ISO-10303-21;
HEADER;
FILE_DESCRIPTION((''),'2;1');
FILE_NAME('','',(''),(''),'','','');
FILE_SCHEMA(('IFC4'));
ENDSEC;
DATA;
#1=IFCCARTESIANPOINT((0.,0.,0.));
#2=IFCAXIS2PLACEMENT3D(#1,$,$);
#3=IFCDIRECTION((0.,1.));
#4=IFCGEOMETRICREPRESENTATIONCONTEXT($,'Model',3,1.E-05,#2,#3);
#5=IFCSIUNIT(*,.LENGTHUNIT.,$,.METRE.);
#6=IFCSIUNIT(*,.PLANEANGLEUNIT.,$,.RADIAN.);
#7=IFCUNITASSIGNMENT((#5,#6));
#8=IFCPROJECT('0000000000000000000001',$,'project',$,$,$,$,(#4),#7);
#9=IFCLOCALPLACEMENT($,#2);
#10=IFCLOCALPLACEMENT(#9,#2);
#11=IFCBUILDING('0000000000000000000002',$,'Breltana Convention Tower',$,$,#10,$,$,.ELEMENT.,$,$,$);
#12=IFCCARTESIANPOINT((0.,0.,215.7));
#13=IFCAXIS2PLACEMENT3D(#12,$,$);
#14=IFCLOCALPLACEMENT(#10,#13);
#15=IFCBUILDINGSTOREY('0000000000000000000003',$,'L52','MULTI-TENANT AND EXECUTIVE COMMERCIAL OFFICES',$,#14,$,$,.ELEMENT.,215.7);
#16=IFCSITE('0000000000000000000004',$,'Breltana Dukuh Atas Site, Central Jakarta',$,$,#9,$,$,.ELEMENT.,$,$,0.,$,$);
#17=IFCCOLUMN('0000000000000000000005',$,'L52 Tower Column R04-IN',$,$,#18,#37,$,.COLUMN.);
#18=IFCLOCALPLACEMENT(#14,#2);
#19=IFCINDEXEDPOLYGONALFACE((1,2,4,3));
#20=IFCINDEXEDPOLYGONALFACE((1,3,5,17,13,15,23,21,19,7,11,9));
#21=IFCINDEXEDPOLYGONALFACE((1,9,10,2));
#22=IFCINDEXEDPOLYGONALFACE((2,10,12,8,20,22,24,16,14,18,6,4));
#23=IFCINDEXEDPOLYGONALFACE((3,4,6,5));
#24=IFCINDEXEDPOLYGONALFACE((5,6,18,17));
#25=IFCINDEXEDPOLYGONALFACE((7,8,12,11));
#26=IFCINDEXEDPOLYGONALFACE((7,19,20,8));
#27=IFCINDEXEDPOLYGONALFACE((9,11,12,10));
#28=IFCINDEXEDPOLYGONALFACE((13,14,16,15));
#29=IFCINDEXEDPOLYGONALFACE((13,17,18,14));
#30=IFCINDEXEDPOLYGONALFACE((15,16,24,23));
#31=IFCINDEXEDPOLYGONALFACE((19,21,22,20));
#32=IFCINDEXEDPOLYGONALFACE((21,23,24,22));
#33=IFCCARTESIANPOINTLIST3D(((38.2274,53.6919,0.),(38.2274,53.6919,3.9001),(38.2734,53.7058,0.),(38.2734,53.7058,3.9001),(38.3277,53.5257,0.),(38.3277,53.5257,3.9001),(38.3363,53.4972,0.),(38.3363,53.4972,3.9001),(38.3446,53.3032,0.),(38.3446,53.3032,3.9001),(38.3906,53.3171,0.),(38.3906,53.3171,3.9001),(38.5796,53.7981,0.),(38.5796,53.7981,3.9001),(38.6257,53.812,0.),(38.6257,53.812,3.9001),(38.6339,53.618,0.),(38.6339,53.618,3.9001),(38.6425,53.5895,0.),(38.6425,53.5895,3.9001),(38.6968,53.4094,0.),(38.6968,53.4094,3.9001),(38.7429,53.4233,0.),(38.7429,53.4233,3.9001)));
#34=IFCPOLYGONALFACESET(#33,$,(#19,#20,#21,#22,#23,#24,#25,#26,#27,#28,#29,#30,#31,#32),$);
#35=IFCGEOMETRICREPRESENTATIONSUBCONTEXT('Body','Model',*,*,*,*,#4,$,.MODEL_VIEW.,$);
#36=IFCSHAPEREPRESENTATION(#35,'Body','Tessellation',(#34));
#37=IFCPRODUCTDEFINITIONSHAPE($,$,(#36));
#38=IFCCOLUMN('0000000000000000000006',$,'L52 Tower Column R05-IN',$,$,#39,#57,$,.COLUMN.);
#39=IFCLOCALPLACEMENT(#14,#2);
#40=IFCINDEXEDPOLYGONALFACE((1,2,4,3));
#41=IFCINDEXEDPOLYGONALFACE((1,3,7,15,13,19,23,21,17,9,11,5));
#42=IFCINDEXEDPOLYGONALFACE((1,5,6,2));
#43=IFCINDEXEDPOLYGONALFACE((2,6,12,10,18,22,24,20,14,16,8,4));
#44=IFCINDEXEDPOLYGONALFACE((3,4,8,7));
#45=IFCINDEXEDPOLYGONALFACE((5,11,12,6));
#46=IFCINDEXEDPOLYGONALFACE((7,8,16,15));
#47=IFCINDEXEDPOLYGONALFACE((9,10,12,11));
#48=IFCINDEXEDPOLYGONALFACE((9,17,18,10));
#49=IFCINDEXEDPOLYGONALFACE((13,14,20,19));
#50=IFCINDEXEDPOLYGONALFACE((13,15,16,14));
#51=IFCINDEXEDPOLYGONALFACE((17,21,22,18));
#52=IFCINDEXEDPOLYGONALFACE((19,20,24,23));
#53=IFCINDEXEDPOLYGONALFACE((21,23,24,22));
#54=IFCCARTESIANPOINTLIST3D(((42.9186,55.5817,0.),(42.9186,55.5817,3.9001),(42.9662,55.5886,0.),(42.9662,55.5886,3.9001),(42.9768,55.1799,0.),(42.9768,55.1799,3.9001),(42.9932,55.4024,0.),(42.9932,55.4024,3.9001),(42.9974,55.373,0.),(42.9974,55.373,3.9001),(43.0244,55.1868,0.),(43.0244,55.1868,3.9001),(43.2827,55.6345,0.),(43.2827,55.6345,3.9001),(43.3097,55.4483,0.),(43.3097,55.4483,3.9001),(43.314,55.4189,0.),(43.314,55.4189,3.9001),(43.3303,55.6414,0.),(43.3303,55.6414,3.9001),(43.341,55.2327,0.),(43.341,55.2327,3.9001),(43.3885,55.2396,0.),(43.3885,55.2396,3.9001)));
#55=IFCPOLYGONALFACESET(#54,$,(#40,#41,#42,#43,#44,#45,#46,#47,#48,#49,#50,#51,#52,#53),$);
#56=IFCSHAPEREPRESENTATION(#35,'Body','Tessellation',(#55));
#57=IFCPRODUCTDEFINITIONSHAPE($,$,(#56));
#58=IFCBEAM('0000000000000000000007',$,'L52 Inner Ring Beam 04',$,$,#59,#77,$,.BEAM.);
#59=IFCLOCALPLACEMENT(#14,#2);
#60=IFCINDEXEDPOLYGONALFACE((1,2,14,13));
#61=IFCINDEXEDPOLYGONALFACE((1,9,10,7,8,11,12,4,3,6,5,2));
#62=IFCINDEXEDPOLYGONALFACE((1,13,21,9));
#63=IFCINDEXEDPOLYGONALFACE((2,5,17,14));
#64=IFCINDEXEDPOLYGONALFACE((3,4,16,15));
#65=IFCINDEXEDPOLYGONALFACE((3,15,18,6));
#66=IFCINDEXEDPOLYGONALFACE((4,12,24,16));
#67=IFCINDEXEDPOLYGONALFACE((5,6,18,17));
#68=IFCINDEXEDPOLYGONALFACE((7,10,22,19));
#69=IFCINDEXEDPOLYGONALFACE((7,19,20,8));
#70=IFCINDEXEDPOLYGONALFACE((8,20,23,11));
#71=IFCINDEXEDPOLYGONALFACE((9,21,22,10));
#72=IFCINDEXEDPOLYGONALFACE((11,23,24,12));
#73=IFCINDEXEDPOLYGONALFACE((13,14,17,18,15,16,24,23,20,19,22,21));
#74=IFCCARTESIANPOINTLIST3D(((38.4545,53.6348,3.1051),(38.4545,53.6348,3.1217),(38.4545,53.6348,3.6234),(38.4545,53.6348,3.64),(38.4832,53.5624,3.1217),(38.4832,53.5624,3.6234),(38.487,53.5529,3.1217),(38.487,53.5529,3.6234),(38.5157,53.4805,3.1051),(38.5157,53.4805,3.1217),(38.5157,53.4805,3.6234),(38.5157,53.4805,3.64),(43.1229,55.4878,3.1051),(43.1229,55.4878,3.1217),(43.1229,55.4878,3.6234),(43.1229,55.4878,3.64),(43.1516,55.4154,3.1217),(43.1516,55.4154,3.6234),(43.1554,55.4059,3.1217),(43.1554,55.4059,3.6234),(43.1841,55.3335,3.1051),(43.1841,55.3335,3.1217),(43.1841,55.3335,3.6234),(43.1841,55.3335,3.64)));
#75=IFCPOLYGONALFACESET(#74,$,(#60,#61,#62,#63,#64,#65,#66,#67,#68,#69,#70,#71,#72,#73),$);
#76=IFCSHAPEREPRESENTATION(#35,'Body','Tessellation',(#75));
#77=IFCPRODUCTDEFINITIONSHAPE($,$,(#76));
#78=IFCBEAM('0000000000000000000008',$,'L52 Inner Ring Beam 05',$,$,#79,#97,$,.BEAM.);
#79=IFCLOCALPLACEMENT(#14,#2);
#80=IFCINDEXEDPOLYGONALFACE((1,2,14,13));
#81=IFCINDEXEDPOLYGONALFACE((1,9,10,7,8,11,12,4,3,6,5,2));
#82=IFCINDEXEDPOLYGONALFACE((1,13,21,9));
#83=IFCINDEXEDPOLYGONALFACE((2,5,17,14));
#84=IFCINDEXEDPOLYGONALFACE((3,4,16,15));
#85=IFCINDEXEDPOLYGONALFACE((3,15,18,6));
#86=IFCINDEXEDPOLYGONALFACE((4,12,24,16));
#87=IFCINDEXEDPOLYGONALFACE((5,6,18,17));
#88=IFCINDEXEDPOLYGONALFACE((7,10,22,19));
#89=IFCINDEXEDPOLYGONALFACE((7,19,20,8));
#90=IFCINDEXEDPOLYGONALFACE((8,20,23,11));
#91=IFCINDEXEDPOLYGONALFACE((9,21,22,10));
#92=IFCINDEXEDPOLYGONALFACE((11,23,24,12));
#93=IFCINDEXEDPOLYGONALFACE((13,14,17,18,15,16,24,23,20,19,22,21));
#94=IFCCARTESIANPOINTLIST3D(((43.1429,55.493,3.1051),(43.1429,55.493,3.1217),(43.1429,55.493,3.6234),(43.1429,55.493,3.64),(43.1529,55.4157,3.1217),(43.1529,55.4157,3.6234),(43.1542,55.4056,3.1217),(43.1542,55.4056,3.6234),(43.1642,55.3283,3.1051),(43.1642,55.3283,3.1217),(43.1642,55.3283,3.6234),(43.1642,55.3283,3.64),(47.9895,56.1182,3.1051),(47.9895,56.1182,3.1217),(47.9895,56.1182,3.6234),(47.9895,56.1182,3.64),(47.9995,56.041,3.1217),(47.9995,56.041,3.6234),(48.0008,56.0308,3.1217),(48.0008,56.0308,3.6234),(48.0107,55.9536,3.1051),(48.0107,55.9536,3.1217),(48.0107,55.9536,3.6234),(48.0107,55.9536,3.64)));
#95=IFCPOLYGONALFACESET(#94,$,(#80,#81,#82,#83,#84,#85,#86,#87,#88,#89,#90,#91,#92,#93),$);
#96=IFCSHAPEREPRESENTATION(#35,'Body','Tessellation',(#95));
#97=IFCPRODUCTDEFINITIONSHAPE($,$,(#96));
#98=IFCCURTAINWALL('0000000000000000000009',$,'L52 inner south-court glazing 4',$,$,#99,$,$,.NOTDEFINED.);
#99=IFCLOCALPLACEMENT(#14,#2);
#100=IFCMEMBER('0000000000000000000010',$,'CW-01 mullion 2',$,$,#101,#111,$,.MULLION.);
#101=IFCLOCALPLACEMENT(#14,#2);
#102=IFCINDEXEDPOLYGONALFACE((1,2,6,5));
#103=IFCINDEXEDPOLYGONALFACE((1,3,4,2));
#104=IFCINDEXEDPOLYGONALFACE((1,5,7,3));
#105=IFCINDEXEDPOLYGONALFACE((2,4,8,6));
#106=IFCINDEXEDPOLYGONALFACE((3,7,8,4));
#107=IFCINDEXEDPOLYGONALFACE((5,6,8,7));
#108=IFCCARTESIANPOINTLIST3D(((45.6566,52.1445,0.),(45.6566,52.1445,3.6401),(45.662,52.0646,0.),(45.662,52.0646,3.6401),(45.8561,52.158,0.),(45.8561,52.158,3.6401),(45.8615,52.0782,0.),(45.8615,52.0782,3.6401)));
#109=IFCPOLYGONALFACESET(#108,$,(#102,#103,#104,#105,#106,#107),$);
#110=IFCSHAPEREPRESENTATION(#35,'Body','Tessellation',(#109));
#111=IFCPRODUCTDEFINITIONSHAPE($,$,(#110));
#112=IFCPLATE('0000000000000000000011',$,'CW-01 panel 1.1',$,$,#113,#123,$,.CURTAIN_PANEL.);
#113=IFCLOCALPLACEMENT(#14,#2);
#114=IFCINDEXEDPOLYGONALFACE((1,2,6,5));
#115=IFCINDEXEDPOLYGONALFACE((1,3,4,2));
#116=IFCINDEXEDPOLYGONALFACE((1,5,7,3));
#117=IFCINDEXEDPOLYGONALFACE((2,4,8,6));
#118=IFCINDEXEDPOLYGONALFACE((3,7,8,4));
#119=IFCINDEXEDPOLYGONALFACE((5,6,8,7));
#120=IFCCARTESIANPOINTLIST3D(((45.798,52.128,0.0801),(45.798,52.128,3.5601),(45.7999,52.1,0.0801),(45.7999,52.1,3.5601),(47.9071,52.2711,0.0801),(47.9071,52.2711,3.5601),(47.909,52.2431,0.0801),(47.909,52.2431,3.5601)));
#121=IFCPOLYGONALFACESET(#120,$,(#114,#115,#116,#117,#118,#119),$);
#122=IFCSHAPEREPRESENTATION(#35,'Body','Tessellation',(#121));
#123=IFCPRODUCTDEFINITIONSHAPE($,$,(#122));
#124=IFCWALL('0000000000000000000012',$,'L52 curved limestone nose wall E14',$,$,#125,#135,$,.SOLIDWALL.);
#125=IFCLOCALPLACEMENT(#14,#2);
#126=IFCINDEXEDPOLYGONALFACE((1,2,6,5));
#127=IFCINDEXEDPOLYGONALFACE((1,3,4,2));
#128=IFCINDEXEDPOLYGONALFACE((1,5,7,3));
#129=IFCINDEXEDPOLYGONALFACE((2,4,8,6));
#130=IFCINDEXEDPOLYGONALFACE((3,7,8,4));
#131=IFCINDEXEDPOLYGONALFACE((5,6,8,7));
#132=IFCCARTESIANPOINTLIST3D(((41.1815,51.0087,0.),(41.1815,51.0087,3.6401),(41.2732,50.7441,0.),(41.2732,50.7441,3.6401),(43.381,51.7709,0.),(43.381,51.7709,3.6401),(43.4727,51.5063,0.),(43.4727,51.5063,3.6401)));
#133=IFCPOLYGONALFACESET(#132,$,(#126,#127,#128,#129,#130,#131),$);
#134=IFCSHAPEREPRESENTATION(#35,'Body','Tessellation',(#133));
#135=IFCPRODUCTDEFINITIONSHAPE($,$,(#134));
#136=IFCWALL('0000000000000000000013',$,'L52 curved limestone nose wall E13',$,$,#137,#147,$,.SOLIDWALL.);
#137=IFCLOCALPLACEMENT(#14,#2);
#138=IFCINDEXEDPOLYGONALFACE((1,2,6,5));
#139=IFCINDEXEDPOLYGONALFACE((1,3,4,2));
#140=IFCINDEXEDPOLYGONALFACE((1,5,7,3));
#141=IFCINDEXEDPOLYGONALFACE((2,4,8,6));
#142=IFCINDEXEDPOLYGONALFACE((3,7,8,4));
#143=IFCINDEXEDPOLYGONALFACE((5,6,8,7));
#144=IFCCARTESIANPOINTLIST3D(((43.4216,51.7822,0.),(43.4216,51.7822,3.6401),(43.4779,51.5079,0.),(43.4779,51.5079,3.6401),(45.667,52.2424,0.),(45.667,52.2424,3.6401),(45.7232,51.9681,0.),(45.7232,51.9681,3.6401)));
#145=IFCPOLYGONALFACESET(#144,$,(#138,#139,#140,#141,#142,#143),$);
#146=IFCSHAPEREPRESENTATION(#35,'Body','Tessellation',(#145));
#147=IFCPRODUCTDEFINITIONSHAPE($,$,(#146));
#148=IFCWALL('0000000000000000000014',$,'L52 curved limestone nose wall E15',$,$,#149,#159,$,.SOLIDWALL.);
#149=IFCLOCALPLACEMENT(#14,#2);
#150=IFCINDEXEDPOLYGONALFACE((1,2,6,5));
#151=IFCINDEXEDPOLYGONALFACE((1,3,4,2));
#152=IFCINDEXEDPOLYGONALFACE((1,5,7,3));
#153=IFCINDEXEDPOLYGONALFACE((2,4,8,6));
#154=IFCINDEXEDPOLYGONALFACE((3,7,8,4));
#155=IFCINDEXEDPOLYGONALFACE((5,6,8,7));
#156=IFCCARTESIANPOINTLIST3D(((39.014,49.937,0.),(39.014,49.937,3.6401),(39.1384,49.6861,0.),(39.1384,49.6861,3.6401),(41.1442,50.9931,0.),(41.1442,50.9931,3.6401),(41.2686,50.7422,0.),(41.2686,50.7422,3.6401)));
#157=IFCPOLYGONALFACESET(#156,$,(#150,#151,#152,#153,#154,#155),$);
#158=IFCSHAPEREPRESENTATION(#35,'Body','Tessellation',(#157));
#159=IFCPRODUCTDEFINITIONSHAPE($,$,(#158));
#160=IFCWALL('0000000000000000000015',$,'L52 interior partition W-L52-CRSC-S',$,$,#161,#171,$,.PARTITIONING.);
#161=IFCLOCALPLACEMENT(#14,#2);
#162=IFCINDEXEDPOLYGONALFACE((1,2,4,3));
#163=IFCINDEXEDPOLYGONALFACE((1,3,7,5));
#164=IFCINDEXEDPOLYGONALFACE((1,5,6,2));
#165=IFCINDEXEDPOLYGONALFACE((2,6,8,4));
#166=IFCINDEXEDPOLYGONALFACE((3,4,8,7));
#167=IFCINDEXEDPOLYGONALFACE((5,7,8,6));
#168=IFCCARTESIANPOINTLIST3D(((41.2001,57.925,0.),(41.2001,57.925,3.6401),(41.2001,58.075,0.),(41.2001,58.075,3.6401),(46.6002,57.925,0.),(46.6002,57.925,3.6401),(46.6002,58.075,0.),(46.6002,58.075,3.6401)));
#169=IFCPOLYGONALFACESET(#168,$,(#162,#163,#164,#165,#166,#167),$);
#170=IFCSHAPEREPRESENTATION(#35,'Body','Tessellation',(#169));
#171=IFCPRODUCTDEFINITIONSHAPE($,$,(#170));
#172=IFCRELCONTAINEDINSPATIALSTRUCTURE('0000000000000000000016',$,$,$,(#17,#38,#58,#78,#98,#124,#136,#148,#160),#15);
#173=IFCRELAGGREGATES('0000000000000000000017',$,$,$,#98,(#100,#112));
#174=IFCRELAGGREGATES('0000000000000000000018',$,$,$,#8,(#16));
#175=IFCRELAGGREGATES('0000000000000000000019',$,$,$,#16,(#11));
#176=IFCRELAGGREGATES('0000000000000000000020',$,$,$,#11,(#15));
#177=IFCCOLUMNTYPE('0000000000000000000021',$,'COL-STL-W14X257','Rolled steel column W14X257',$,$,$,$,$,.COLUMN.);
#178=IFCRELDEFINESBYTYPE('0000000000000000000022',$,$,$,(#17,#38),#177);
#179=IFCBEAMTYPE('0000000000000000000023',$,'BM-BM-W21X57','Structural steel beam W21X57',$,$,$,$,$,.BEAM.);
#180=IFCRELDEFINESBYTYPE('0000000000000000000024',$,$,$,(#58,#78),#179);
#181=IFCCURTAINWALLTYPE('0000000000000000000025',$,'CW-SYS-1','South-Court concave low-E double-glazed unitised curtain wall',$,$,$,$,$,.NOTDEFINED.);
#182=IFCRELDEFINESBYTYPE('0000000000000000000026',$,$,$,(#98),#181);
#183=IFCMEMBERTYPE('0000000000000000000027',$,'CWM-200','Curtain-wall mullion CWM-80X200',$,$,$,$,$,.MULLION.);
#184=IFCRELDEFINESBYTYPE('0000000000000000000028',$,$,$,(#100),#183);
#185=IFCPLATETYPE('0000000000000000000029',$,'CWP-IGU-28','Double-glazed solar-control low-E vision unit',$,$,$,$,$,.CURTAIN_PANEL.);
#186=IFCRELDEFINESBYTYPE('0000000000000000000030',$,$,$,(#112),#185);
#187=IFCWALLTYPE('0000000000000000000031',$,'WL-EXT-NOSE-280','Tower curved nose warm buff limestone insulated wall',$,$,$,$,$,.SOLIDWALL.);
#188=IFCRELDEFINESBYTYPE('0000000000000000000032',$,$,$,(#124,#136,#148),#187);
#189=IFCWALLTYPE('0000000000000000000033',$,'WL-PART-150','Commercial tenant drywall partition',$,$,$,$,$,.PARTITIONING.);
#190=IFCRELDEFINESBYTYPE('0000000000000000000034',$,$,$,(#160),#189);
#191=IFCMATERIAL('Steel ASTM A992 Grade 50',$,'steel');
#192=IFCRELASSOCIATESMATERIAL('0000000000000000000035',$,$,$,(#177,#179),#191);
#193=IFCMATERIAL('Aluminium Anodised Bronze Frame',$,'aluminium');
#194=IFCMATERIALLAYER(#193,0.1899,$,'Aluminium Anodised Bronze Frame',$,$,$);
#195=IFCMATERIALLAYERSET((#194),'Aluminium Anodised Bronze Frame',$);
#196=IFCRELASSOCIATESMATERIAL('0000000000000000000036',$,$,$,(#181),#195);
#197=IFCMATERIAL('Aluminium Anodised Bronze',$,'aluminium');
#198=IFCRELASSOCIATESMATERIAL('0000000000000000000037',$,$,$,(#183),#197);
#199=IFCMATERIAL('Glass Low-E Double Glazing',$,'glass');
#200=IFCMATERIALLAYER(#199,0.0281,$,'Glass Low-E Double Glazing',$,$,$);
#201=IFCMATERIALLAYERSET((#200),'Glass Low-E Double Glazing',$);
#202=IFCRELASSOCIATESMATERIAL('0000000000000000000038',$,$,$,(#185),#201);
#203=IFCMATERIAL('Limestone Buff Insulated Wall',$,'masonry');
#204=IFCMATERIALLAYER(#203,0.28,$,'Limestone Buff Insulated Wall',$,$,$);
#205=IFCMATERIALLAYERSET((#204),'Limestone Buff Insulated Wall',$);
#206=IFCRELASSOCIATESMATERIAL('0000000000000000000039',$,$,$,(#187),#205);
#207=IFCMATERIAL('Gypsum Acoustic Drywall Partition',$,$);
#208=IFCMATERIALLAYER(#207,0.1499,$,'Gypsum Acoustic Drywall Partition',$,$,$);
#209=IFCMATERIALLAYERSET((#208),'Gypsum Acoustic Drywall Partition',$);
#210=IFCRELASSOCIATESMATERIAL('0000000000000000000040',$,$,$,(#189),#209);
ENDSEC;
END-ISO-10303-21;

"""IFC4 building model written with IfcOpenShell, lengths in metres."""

from ifc_helpers import new_model, si_unit, direction, frame, frame_2d, origin, origin_2d, place, context, subcontext, project, spatial, rectangle, i_section, extrude, source, transform, mapped, material, layer, layer_set, material_profile, profile_set, type_object, element, aggregate, save


model = new_model("IFC4")

# Units and contexts
model_context = context("Model", 3, precision=1e-05, world=origin(), true_north=direction((0.0, 1.0)))
body_context = subcontext(model_context, "Body", "Model", "MODEL_VIEW")
ifc_project = project(units=[si_unit("LENGTHUNIT", "METRE"), si_unit("PLANEANGLEUNIT", "RADIAN")], contexts=[model_context])

# Site, building, storey
site_placement = place(None, origin())
site = spatial("IfcSite", under=ifc_project, at=site_placement, Name="Breltana Dukuh Atas Site, Central Jakarta", CompositionType="ELEMENT", RefElevation=0.0)
building_placement = place(site_placement, origin())
building = spatial("IfcBuilding", under=site, at=building_placement, Name="Breltana Convention Tower", CompositionType="ELEMENT")
storey_placement = place(building_placement, frame((0.0, 0.0, 215.7)))
storey = spatial("IfcBuildingStorey", under=building, at=storey_placement, Name="L52", Description="MULTI-TENANT AND EXECUTIVE COMMERCIAL OFFICES", CompositionType="ELEMENT", Elevation=215.7)

# Columns
ifc_material_1 = material(Name="Steel ASTM A992 Grade 50", Category="steel")
ifc_material_profile_1 = material_profile(ifc_material_1, i_section(OverallWidth=0.406, OverallDepth=0.416, WebThickness=0.0298, FlangeThickness=0.0481, at=origin_2d()), Name="W14X257")
ifc_profile_set_1 = profile_set([ifc_material_profile_1], Name="Steel ASTM A992 Grade 50")
column_type = type_object("IfcColumnType", Name="COL-STL-W14X257", Description="Rolled steel column W14X257", PredefinedType="COLUMN", material=ifc_profile_set_1)
shared_shape_1 = source(origin(), body_context, "Body", "SweptSolid", [
    extrude(i_section(OverallWidth=0.406, OverallDepth=0.416, WebThickness=0.0298, FlangeThickness=0.0481, at=origin_2d()), origin(), (0.0, 0.0, 1.0), 3.9001),
])
for number, where, z_axis, x_axis, name in (
    (1, (38.4851, 53.5576, 0.0), (0.0, 0.0, 1.0), (-0.288698, 0.95742, 0.0), "L52 Tower Column R04-IN"),
    (2, (43.1536, 55.4106, 0.0), (0.0, 0.0, 1.0), (-0.143493, 0.989651, 0.0), "L52 Tower Column R05-IN"),
):
    element("IfcColumn", number, at=place(storey_placement, frame(where, z_axis=z_axis, x_axis=x_axis)), inside=storey, type_object=column_type, Name=name, PredefinedType="COLUMN", context=body_context, shape_type="MappedRepresentation", body=[
        mapped(shared_shape_1, transform((0.0, 0.0, 0.0), scale=1.0)),
    ])

# Beams
ifc_material_profile_2 = material_profile(ifc_material_1, i_section(OverallWidth=0.166, OverallDepth=0.5349, WebThickness=0.0103, FlangeThickness=0.0166, at=origin_2d()), Name="W21X57")
ifc_profile_set_2 = profile_set([ifc_material_profile_2], Name="Steel ASTM A992 Grade 50")
beam_type = type_object("IfcBeamType", Name="BM-BM-W21X57", Description="Structural steel beam W21X57", PredefinedType="BEAM", material=ifc_profile_set_2)
shared_shape_2 = source(origin(), body_context, "Body", "SweptSolid", [
    extrude(i_section(OverallWidth=0.166, OverallDepth=0.5349, WebThickness=0.0103, FlangeThickness=0.0166, at=origin_2d()), origin(), (0.0, 0.0, 1.0), 5.0227),
])
beam_1_placement = place(storey_placement, frame((38.4851, 53.5576, 3.3726), z_axis=(0.929459, 0.368926, 0.0), x_axis=(-0.368926, 0.929459, 0.0)))
element("IfcBeam", 3, at=beam_1_placement, inside=storey, type_object=beam_type, Name="L52 Inner Ring Beam 04", PredefinedType="BEAM", context=body_context, shape_type="MappedRepresentation", body=[
    mapped(shared_shape_2, transform((0.0, 0.0, 0.0), scale=1.0)),
])
shared_shape_3 = source(origin(), body_context, "Body", "SweptSolid", [
    extrude(i_section(OverallWidth=0.166, OverallDepth=0.5349, WebThickness=0.0103, FlangeThickness=0.0166, at=origin_2d()), origin(), (0.0, 0.0, 1.0), 4.8867),
])
beam_2_placement = place(storey_placement, frame((43.1536, 55.4106, 3.3726), z_axis=(0.991781, 0.127951, 0.0), x_axis=(-0.127951, 0.991781, 0.0)))
element("IfcBeam", 4, at=beam_2_placement, inside=storey, type_object=beam_type, Name="L52 Inner Ring Beam 05", PredefinedType="BEAM", context=body_context, shape_type="MappedRepresentation", body=[
    mapped(shared_shape_3, transform((0.0, 0.0, 0.0), scale=1.0)),
])

# Curtain wall, member, plate
ifc_material_2 = material(Name="Aluminium Anodised Bronze Frame", Category="aluminium")
ifc_layer_1 = layer(ifc_material_2, 0.1899, Name="Aluminium Anodised Bronze Frame")
ifc_layer_set_1 = layer_set([ifc_layer_1], Name="Aluminium Anodised Bronze Frame")
curtain_wall_type = type_object("IfcCurtainWallType", Name="CW-SYS-1", Description="South-Court concave low-E double-glazed unitised curtain wall", PredefinedType="NOTDEFINED", material=ifc_layer_set_1)
curtain_wall_placement = place(storey_placement, origin())
curtain_wall = element("IfcCurtainWall", 5, at=curtain_wall_placement, inside=storey, type_object=curtain_wall_type, Name="L52 inner south-court glazing 4", PredefinedType="NOTDEFINED")
ifc_material_3 = material(Name="Aluminium Anodised Bronze", Category="aluminium")
ifc_material_profile_3 = material_profile(ifc_material_3, rectangle(XDim=0.0801, YDim=0.2, at=origin_2d()), Name="CWM-80X200")
ifc_profile_set_3 = profile_set([ifc_material_profile_3], Name="Aluminium Anodised Bronze")
member_type = type_object("IfcMemberType", Name="CWM-200", Description="Curtain-wall mullion CWM-80X200", PredefinedType="MULLION", material=ifc_profile_set_3)
shared_shape_4 = source(origin(), body_context, "Body", "SweptSolid", [
    extrude(rectangle(XDim=0.0801, YDim=0.2, at=origin_2d()), origin(), (0.0, 0.0, 1.0), 3.6401),
])
member_placement = place(storey_placement, frame((45.759, 52.1113, 0.0), z_axis=(0.0, 0.0, 1.0), x_axis=(0.067724, -0.997704, 0.0)))
member = element("IfcMember", 6, at=member_placement, type_object=member_type, Name="CW-01 mullion 2", PredefinedType="MULLION", context=body_context, shape_type="MappedRepresentation", body=[
    mapped(shared_shape_4, transform((0.0, 0.0, 0.0), scale=1.0)),
])
ifc_material_4 = material(Name="Glass Low-E Double Glazing", Category="glass")
ifc_layer_2 = layer(ifc_material_4, 0.0281, Name="Glass Low-E Double Glazing")
ifc_layer_set_2 = layer_set([ifc_layer_2], Name="Glass Low-E Double Glazing")
plate_type = type_object("IfcPlateType", Name="CWP-IGU-28", Description="Double-glazed solar-control low-E vision unit", PredefinedType="CURTAIN_PANEL", material=ifc_layer_set_2)
shared_shape_5 = source(origin(), body_context, "Body", "SweptSolid", [
    extrude(rectangle(XDim=2.114, YDim=0.0281, at=origin_2d()), origin(), (0.0, 0.0, 1.0), 3.48),
])
plate_placement = place(storey_placement, frame((46.8535, 52.1855, 0.0801), z_axis=(0.0, 0.0, 1.0), x_axis=(-0.997704, -0.067724, 0.0)))
plate = element("IfcPlate", 7, at=plate_placement, type_object=plate_type, Name="CW-01 panel 1.1", PredefinedType="CURTAIN_PANEL", context=body_context, shape_type="MappedRepresentation", body=[
    mapped(shared_shape_5, transform((0.0, 0.0, 0.0), scale=1.0)),
])
aggregate(curtain_wall, [member, plate])

# Walls
ifc_material_5 = material(Name="Limestone Buff Insulated Wall", Category="masonry")
ifc_layer_3 = layer(ifc_material_5, 0.28, Name="Limestone Buff Insulated Wall")
ifc_layer_set_3 = layer_set([ifc_layer_3], Name="Limestone Buff Insulated Wall")
wall_type_1 = type_object("IfcWallType", Name="WL-EXT-NOSE-280", Description="Tower curved nose warm buff limestone insulated wall", PredefinedType="SOLIDWALL", material=ifc_layer_set_3)
shared_shape_6 = source(origin(), body_context, "Body", "SweptSolid", [
    extrude(rectangle(XDim=2.3279, YDim=0.28, at=frame_2d((1.1641, 0.0))), origin(), (0.0, 0.0, 1.0), 3.6401),
])
wall_1_placement = place(storey_placement, frame((43.427, 51.6387, 0.0), z_axis=(0.0, 0.0, 1.0), x_axis=(-0.944873, -0.327438, 0.0)))
element("IfcWall", 8, at=wall_1_placement, inside=storey, type_object=wall_type_1, Name="L52 curved limestone nose wall E14", PredefinedType="SOLIDWALL", context=body_context, shape_type="MappedRepresentation", body=[
    mapped(shared_shape_6, transform((0.0, 0.0, 0.0), scale=1.0)),
])
shared_shape_7 = source(origin(), body_context, "Body", "SweptSolid", [
    extrude(rectangle(XDim=2.292, YDim=0.28, at=frame_2d((1.146, 0.0))), origin(), (0.0, 0.0, 1.0), 3.6401),
])
wall_2_placement = place(storey_placement, frame((45.6951, 52.1052, 0.0), z_axis=(0.0, 0.0, 1.0), x_axis=(-0.979635, -0.200784, 0.0)))
element("IfcWall", 9, at=wall_2_placement, inside=storey, type_object=wall_type_1, Name="L52 curved limestone nose wall E13", PredefinedType="SOLIDWALL", context=body_context, shape_type="MappedRepresentation", body=[
    mapped(shared_shape_7, transform((0.0, 0.0, 0.0), scale=1.0)),
])
shared_shape_8 = source(origin(), body_context, "Body", "SweptSolid", [
    extrude(rectangle(XDim=2.3777, YDim=0.28, at=frame_2d((1.189, 0.0))), origin(), (0.0, 0.0, 1.0), 3.6401),
])
wall_3_placement = place(storey_placement, frame((41.2065, 50.8677, 0.0), z_axis=(0.0, 0.0, 1.0), x_axis=(-0.895942, -0.444172, 0.0)))
element("IfcWall", 10, at=wall_3_placement, inside=storey, type_object=wall_type_1, Name="L52 curved limestone nose wall E15", PredefinedType="SOLIDWALL", context=body_context, shape_type="MappedRepresentation", body=[
    mapped(shared_shape_8, transform((0.0, 0.0, 0.0), scale=1.0)),
])
ifc_material_6 = material(Name="Gypsum Acoustic Drywall Partition")
ifc_layer_4 = layer(ifc_material_6, 0.1499, Name="Gypsum Acoustic Drywall Partition")
ifc_layer_set_4 = layer_set([ifc_layer_4], Name="Gypsum Acoustic Drywall Partition")
wall_type_2 = type_object("IfcWallType", Name="WL-PART-150", Description="Commercial tenant drywall partition", PredefinedType="PARTITIONING", material=ifc_layer_set_4)
shared_shape_9 = source(origin(), body_context, "Body", "SweptSolid", [
    extrude(rectangle(XDim=5.4001, YDim=0.1499, at=frame_2d((2.7002, 0.0))), origin(), (0.0, 0.0, 1.0), 3.6401),
])
wall_4_placement = place(storey_placement, frame((41.2, 58.0, 0.0), z_axis=(0.0, 0.0, 1.0), x_axis=(1.0, 0.0, 0.0)))
element("IfcWall", 11, at=wall_4_placement, inside=storey, type_object=wall_type_2, Name="L52 interior partition W-L52-CRSC-S", PredefinedType="PARTITIONING", context=body_context, shape_type="MappedRepresentation", body=[
    mapped(shared_shape_9, transform((0.0, 0.0, 0.0), scale=1.0)),
])

save(model, "model.ifc")
